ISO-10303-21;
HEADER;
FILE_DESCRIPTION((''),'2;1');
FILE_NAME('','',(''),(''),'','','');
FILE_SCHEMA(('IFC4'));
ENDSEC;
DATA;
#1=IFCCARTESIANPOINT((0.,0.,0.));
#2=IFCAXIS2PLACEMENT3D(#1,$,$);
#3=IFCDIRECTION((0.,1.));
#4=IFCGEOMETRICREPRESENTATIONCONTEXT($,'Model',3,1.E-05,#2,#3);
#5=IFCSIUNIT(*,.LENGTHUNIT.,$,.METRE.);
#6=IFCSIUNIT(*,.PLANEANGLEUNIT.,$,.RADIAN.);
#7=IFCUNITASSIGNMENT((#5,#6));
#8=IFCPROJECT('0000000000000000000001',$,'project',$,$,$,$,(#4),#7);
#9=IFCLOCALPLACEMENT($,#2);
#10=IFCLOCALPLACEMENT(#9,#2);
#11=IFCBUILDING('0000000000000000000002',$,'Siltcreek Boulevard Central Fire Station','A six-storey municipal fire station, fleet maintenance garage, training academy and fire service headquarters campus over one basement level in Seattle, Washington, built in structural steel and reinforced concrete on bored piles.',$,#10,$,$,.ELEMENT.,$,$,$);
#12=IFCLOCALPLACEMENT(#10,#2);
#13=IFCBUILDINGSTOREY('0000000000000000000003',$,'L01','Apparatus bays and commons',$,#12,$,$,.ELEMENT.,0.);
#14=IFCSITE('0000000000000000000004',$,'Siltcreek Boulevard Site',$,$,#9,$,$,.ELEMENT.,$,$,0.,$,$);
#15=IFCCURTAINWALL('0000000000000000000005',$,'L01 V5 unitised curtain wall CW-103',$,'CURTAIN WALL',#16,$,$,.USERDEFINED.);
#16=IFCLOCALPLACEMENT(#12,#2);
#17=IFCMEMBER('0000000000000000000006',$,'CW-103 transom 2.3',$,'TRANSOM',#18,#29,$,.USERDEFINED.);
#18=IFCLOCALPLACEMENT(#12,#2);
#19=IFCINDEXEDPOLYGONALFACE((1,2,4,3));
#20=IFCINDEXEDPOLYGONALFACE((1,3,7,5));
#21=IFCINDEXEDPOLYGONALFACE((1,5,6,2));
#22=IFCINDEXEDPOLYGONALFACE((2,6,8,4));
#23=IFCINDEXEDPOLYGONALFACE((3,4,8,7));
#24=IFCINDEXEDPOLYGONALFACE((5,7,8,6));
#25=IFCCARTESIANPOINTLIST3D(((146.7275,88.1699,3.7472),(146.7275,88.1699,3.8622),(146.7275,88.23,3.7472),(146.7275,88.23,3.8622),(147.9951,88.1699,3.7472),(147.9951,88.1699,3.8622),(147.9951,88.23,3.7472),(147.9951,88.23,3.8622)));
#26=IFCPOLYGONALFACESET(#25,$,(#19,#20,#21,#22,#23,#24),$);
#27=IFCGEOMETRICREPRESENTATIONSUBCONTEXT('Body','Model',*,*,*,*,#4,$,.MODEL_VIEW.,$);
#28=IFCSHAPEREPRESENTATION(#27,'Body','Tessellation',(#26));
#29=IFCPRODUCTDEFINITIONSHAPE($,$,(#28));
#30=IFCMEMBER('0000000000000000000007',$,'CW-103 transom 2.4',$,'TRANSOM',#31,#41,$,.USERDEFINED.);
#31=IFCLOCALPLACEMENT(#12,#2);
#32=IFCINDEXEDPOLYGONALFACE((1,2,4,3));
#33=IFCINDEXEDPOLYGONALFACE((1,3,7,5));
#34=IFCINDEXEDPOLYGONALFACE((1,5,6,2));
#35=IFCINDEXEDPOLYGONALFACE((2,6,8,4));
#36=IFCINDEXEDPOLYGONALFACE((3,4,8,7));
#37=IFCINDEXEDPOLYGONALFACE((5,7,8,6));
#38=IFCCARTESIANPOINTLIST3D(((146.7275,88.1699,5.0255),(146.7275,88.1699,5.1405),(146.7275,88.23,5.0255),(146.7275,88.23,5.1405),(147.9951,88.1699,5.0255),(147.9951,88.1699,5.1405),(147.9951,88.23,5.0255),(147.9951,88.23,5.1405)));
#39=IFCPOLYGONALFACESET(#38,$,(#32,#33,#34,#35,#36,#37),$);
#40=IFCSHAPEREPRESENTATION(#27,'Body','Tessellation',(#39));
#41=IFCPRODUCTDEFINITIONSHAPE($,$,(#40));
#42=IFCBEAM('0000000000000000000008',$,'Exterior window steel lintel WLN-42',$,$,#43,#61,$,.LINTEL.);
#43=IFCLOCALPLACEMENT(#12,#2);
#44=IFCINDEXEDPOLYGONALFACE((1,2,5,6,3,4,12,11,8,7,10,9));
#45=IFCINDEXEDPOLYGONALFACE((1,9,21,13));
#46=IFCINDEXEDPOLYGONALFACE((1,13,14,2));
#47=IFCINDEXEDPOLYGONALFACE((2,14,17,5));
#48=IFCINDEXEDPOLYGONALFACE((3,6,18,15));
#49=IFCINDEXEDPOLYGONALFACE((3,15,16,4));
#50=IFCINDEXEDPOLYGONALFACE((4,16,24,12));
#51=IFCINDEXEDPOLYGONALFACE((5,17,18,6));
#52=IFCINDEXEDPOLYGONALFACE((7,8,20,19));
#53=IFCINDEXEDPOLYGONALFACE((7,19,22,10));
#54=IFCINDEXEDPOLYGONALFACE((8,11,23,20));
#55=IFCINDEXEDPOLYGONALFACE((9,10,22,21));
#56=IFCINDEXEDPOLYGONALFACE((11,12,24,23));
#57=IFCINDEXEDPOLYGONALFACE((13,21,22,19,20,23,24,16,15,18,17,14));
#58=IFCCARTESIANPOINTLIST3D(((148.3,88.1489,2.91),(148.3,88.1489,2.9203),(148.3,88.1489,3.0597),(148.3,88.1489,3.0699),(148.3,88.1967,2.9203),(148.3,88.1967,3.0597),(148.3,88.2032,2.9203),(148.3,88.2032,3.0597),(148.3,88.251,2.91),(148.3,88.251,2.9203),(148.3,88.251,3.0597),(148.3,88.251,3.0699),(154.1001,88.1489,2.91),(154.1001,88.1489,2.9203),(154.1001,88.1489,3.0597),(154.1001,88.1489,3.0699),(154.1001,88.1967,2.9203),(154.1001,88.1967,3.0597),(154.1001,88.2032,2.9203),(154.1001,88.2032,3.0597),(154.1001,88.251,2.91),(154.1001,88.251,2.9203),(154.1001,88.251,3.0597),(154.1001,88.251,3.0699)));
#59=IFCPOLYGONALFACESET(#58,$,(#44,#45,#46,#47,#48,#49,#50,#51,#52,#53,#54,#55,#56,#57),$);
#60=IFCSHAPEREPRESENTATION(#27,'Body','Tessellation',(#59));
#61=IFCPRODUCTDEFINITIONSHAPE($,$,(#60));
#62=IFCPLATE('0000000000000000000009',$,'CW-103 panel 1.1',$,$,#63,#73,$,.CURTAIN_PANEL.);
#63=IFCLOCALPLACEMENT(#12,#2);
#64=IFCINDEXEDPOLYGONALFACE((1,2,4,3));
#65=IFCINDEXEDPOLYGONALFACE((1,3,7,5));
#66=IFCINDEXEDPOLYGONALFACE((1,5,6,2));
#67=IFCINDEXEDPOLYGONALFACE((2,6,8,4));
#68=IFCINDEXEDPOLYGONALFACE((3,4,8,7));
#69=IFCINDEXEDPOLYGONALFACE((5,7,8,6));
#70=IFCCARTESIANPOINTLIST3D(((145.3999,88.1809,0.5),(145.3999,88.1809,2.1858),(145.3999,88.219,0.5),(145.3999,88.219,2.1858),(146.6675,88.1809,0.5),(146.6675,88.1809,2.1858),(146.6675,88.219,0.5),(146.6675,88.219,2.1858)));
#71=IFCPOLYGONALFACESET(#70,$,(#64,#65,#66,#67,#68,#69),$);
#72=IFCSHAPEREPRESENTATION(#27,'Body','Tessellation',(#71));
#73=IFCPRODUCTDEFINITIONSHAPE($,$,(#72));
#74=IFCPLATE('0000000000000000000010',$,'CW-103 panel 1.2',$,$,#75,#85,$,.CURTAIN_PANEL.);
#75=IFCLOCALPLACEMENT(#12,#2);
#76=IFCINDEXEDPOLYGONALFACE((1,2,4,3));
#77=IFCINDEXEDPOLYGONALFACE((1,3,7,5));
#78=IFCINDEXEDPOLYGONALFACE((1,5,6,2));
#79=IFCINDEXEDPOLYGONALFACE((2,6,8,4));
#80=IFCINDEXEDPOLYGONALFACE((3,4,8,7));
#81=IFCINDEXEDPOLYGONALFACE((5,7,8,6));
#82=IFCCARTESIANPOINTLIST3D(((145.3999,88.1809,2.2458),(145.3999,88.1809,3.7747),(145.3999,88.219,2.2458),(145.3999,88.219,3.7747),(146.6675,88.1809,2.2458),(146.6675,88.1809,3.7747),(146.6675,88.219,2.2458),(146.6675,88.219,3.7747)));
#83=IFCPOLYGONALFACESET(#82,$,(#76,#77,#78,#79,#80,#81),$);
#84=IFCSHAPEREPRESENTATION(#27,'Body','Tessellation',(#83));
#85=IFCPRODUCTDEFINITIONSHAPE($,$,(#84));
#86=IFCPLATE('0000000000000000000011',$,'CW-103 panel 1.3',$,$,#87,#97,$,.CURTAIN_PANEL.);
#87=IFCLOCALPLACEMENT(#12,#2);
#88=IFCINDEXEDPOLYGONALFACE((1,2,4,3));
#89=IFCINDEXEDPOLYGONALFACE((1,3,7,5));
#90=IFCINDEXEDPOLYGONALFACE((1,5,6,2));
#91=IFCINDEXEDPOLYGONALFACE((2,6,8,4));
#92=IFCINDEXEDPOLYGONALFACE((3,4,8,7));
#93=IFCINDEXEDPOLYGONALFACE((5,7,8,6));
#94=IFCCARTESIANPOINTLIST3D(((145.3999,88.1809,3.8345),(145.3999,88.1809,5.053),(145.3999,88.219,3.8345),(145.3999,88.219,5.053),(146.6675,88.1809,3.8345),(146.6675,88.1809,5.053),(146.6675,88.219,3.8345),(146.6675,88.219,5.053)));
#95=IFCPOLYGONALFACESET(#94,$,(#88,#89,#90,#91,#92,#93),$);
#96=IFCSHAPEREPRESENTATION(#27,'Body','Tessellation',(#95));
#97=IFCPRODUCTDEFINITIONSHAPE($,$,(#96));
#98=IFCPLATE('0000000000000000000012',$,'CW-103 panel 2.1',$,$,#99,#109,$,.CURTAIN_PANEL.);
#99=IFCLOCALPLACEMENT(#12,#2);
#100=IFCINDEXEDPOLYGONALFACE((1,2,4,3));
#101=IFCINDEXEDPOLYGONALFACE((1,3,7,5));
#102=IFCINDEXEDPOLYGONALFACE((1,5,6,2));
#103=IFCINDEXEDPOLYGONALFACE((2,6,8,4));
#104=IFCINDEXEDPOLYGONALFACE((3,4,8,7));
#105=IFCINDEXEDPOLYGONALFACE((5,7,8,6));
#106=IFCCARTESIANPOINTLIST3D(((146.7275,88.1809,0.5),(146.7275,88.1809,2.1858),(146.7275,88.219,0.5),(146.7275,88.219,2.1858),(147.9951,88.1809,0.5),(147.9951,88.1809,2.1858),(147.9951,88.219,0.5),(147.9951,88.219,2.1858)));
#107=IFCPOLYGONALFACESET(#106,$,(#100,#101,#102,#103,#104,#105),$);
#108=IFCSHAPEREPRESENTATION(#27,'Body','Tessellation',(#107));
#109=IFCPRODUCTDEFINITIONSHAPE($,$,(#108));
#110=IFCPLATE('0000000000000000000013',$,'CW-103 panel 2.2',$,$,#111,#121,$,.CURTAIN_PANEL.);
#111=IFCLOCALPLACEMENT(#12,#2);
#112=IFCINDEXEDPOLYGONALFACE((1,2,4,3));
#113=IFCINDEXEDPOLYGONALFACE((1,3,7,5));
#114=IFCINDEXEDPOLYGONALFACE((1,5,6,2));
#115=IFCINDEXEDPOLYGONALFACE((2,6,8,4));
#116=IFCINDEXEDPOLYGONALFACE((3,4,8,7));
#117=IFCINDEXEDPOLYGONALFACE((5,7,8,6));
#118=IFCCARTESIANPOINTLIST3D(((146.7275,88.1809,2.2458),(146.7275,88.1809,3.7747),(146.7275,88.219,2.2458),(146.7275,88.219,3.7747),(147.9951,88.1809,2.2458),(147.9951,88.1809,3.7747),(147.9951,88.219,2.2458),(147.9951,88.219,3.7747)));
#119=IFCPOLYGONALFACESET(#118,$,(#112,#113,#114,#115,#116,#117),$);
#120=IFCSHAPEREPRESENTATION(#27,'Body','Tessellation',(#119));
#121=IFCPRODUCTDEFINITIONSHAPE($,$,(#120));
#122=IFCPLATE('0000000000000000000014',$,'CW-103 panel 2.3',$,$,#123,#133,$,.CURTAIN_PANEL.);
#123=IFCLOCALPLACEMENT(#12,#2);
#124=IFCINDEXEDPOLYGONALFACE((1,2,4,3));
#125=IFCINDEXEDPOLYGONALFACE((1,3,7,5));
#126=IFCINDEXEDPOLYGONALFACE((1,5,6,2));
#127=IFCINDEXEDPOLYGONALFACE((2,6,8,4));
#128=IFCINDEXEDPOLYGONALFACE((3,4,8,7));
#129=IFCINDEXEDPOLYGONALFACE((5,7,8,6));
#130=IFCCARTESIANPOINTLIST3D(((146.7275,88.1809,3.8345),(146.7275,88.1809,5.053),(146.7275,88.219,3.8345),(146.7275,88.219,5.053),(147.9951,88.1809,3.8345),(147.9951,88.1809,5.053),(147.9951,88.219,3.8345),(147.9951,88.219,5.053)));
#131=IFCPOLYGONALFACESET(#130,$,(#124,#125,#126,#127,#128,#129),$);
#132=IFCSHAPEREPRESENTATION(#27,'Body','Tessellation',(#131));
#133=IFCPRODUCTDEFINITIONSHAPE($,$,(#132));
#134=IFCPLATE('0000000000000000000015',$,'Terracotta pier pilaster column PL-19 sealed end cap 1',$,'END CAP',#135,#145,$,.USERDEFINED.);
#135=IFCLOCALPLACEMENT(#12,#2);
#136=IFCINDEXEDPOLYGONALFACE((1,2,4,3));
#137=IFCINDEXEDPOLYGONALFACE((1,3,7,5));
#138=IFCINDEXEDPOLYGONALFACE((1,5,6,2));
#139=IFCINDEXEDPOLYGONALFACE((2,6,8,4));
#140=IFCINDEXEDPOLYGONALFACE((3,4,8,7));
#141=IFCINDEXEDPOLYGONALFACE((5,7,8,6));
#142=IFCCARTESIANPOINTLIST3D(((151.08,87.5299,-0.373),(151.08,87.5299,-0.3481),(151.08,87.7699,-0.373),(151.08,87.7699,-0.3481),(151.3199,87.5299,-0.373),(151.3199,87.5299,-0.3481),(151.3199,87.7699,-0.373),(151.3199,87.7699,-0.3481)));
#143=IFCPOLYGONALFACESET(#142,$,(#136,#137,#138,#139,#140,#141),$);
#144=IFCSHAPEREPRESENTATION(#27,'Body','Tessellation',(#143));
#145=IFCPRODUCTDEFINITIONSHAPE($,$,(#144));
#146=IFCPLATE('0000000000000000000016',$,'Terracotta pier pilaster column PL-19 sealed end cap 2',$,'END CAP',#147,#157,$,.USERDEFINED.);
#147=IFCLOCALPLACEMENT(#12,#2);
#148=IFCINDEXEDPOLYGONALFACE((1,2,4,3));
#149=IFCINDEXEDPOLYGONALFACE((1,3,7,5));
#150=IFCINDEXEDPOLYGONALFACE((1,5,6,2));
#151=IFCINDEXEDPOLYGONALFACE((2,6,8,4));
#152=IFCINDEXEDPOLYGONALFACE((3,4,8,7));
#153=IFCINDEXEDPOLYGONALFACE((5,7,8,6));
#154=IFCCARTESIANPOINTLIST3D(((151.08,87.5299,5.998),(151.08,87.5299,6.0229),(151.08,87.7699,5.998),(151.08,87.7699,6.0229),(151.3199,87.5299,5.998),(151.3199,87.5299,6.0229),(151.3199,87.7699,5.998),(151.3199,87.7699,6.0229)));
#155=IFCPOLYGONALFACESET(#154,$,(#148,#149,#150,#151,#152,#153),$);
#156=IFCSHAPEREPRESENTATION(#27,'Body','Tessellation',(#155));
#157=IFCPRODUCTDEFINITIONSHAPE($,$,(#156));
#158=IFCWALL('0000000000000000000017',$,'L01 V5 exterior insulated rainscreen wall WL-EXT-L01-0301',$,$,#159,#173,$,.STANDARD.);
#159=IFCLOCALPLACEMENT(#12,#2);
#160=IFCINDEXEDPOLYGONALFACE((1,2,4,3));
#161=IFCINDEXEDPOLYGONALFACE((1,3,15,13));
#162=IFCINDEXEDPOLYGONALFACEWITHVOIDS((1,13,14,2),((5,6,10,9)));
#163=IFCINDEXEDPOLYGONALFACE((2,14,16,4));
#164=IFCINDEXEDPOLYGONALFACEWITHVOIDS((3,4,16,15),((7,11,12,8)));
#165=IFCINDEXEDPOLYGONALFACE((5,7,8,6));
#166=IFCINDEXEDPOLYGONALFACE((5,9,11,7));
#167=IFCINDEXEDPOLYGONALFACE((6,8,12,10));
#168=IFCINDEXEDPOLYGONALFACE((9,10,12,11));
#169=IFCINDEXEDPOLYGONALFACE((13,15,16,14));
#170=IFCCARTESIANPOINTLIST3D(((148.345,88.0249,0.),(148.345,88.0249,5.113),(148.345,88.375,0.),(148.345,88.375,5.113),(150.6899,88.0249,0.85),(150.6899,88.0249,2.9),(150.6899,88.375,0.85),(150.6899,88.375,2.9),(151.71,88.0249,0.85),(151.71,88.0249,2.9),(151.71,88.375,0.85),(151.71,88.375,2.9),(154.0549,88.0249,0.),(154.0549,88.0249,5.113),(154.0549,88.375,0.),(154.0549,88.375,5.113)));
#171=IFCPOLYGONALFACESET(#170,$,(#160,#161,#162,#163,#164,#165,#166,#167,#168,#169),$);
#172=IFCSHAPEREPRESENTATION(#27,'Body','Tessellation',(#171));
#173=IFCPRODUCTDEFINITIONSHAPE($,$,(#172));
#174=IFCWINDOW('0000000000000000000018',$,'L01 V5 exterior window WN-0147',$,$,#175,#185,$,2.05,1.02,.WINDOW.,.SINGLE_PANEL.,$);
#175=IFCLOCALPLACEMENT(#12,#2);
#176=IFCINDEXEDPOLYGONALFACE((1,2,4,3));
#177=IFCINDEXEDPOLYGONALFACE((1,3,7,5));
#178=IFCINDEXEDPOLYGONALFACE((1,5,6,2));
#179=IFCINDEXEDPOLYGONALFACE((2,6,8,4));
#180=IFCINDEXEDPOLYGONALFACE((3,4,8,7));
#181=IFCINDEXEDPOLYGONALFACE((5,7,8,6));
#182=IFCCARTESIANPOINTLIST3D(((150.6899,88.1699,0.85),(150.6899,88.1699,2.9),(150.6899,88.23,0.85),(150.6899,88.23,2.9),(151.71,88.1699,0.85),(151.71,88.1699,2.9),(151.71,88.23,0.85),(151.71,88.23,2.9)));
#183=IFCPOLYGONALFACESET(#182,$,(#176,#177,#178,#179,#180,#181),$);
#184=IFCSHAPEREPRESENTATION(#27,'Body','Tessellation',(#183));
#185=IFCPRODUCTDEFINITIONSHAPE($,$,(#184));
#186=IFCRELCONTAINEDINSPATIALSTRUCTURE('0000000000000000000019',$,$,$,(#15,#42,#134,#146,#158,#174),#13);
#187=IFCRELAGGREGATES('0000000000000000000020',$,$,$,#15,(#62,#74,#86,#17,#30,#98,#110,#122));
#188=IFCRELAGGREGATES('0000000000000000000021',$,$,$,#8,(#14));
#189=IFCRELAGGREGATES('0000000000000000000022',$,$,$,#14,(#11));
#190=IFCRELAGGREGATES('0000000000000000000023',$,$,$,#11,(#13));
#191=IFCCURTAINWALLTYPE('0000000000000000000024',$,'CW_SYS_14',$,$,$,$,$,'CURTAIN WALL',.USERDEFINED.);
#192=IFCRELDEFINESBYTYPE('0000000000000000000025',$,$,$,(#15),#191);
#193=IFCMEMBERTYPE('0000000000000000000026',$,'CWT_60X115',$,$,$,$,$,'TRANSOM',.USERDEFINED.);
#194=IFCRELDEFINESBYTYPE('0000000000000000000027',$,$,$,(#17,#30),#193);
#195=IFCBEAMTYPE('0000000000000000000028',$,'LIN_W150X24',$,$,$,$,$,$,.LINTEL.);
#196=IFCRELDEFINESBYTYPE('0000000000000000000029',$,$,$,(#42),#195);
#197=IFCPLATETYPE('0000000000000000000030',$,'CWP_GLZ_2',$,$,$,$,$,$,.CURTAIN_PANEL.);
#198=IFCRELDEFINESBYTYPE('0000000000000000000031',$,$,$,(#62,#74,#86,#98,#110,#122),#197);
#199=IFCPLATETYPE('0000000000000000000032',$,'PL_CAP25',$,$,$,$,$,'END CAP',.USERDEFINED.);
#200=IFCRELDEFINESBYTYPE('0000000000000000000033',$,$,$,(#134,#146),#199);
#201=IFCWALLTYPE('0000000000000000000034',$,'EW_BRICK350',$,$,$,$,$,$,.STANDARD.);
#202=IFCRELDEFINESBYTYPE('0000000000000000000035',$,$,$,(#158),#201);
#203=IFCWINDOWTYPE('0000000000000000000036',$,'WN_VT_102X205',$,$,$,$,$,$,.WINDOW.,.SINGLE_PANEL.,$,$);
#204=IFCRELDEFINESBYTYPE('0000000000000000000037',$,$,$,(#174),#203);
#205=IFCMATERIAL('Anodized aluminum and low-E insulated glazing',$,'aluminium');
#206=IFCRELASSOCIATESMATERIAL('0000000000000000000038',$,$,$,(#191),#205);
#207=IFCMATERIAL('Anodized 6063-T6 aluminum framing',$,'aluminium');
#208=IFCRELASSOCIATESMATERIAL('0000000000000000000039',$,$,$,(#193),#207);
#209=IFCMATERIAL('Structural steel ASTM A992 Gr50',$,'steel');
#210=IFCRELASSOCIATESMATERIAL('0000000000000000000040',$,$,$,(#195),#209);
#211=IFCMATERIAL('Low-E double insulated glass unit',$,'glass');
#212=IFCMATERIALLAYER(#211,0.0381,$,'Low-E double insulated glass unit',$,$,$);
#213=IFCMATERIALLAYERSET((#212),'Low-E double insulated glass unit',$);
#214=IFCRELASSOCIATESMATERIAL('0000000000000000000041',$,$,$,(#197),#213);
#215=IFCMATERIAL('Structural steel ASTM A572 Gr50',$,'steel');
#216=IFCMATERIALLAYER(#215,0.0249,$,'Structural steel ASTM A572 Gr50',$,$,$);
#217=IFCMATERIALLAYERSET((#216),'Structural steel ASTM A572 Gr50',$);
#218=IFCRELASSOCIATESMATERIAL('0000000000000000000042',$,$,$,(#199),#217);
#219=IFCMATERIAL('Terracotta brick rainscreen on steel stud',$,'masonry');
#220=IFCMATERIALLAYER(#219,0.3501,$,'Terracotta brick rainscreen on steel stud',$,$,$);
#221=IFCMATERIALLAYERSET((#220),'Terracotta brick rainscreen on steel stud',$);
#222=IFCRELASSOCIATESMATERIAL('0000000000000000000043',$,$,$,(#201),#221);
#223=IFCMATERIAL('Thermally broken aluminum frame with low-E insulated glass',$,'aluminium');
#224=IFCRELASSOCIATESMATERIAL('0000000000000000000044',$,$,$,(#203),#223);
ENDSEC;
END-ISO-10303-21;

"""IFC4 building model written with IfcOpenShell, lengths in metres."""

from ifc_helpers import new_model, si_unit, direction, frame, frame_2d, origin, origin_2d, place, context, subcontext, project, spatial, rectangle, i_section, extrude, material, layer, layer_set, material_profile, profile_set, type_object, element, fill, aggregate, save


model = new_model("IFC4")

# Units and contexts
model_context = context("Model", 3, precision=1e-05, world=origin(), true_north=direction((0.0, 1.0)))
body_context = subcontext(model_context, "Body", "Model", "MODEL_VIEW")
ifc_project = project(units=[si_unit("LENGTHUNIT", "METRE"), si_unit("PLANEANGLEUNIT", "RADIAN")], contexts=[model_context])

# Site, building, storey
site_placement = place(None, origin())
site = spatial("IfcSite", under=ifc_project, at=site_placement, Name="Siltcreek Boulevard Site", CompositionType="ELEMENT", RefElevation=0.0)
building_placement = place(site_placement, origin())
building = spatial("IfcBuilding", under=site, at=building_placement, Name="Siltcreek Boulevard Central Fire Station", Description="A six-storey municipal fire station, fleet maintenance garage, training academy and fire service headquarters campus over one basement level in Seattle, Washington, built in structural steel and reinforced concrete on bored piles.", CompositionType="ELEMENT")
storey_placement = place(building_placement, origin())
storey = spatial("IfcBuildingStorey", under=building, at=storey_placement, Name="L01", Description="Apparatus bays and commons", CompositionType="ELEMENT", Elevation=0.0)

# Shared definitions
ifc_material_1 = material(Name="Structural steel ASTM A992 Gr50", Category="steel")

# Curtain wall, members
ifc_material_2 = material(Name="Anodized aluminum and low-E insulated glazing", Category="aluminium")
curtain_wall_type = type_object("IfcCurtainWallType", Name="CW_SYS_14", ElementType="CURTAIN WALL", PredefinedType="USERDEFINED", material=ifc_material_2)
curtain_wall_placement = place(storey_placement, origin())
curtain_wall = element("IfcCurtainWall", 1, at=curtain_wall_placement, inside=storey, type_object=curtain_wall_type, Name="L01 V5 unitised curtain wall CW-103", ObjectType="CURTAIN WALL", PredefinedType="USERDEFINED")
ifc_material_3 = material(Name="Anodized 6063-T6 aluminum framing", Category="aluminium")
ifc_material_profile_1 = material_profile(ifc_material_3, rectangle(XDim=0.0601, YDim=0.115, at=origin_2d()), Name="TRAN60X115")
ifc_profile_set_1 = profile_set([ifc_material_profile_1], Name="Anodized 6063-T6 aluminum framing")
member_type_1 = type_object("IfcMemberType", Name="CWT_60X115", ElementType="TRANSOM", PredefinedType="USERDEFINED", material=ifc_profile_set_1)
member_1_placement = place(storey_placement, frame((146.7275, 88.2, 3.8047), z_axis=(1.0, 0.0, 0.0), x_axis=(0.0, 1.0, 0.0)))
member_1 = element("IfcMember", 2, at=member_1_placement, type_object=member_type_1, Name="CW-103 transom 2.3", ObjectType="TRANSOM", PredefinedType="USERDEFINED", context=body_context, shape_type="SweptSolid", body=[
    extrude(rectangle(XDim=0.0601, YDim=0.115, at=origin_2d()), origin(), (0.0, 0.0, 1.0), 1.2676),
])
member_2_placement = place(storey_placement, frame((146.7275, 88.2, 5.083), z_axis=(1.0, 0.0, 0.0), x_axis=(0.0, 1.0, 0.0)))
member_2 = element("IfcMember", 3, at=member_2_placement, type_object=member_type_1, Name="CW-103 transom 2.4", ObjectType="TRANSOM", PredefinedType="USERDEFINED", context=body_context, shape_type="SweptSolid", body=[
    extrude(rectangle(XDim=0.0601, YDim=0.115, at=origin_2d()), origin(), (0.0, 0.0, 1.0), 1.2676),
])

# Beam
ifc_material_profile_2 = material_profile(ifc_material_1, i_section(OverallWidth=0.1021, OverallDepth=0.1599, WebThickness=0.0066, FlangeThickness=0.0103, at=origin_2d()), Name="W150X24")
ifc_profile_set_2 = profile_set([ifc_material_profile_2], Name="Structural steel ASTM A992 Gr50")
beam_type = type_object("IfcBeamType", Name="LIN_W150X24", PredefinedType="LINTEL", material=ifc_profile_set_2)
beam_placement = place(storey_placement, frame((148.3, 88.2, 2.99), z_axis=(1.0, 0.0, 0.0), x_axis=(0.0, 1.0, 0.0)))
element("IfcBeam", 4, at=beam_placement, inside=storey, type_object=beam_type, Name="Exterior window steel lintel WLN-42", PredefinedType="LINTEL", context=body_context, shape_type="SweptSolid", body=[
    extrude(i_section(OverallWidth=0.1021, OverallDepth=0.1599, WebThickness=0.0066, FlangeThickness=0.0103, at=origin_2d()), origin(), (0.0, 0.0, 1.0), 5.8),
])

# Plates
ifc_material_4 = material(Name="Low-E double insulated glass unit", Category="glass")
ifc_layer_1 = layer(ifc_material_4, 0.0381, Name="Low-E double insulated glass unit")
ifc_layer_set_1 = layer_set([ifc_layer_1], Name="Low-E double insulated glass unit")
plate_type_1 = type_object("IfcPlateType", Name="CWP_GLZ_2", PredefinedType="CURTAIN_PANEL", material=ifc_layer_set_1)
plate_1_placement = place(storey_placement, frame((146.0337, 88.2, 0.5), z_axis=(0.0, 0.0, 1.0), x_axis=(1.0, 0.0, 0.0)))
plate_1 = element("IfcPlate", 5, at=plate_1_placement, type_object=plate_type_1, Name="CW-103 panel 1.1", PredefinedType="CURTAIN_PANEL", context=body_context, shape_type="SweptSolid", body=[
    extrude(rectangle(XDim=1.2676, YDim=0.0381, at=origin_2d()), origin(), (0.0, 0.0, 1.0), 1.6858),
])
plate_2_placement = place(storey_placement, frame((146.0337, 88.2, 2.2458), z_axis=(0.0, 0.0, 1.0), x_axis=(1.0, 0.0, 0.0)))
plate_2 = element("IfcPlate", 6, at=plate_2_placement, type_object=plate_type_1, Name="CW-103 panel 1.2", PredefinedType="CURTAIN_PANEL", context=body_context, shape_type="SweptSolid", body=[
    extrude(rectangle(XDim=1.2676, YDim=0.0381, at=origin_2d()), origin(), (0.0, 0.0, 1.0), 1.5288),
])
plate_3_placement = place(storey_placement, frame((146.0337, 88.2, 3.8345), z_axis=(0.0, 0.0, 1.0), x_axis=(1.0, 0.0, 0.0)))
plate_3 = element("IfcPlate", 7, at=plate_3_placement, type_object=plate_type_1, Name="CW-103 panel 1.3", PredefinedType="CURTAIN_PANEL", context=body_context, shape_type="SweptSolid", body=[
    extrude(rectangle(XDim=1.2676, YDim=0.0381, at=origin_2d()), origin(), (0.0, 0.0, 1.0), 1.2185),
])
plate_4_placement = place(storey_placement, frame((147.3613, 88.2, 0.5), z_axis=(0.0, 0.0, 1.0), x_axis=(1.0, 0.0, 0.0)))
plate_4 = element("IfcPlate", 8, at=plate_4_placement, type_object=plate_type_1, Name="CW-103 panel 2.1", PredefinedType="CURTAIN_PANEL", context=body_context, shape_type="SweptSolid", body=[
    extrude(rectangle(XDim=1.2676, YDim=0.0381, at=origin_2d()), origin(), (0.0, 0.0, 1.0), 1.6858),
])
plate_5_placement = place(storey_placement, frame((147.3613, 88.2, 2.2458), z_axis=(0.0, 0.0, 1.0), x_axis=(1.0, 0.0, 0.0)))
plate_5 = element("IfcPlate", 9, at=plate_5_placement, type_object=plate_type_1, Name="CW-103 panel 2.2", PredefinedType="CURTAIN_PANEL", context=body_context, shape_type="SweptSolid", body=[
    extrude(rectangle(XDim=1.2676, YDim=0.0381, at=origin_2d()), origin(), (0.0, 0.0, 1.0), 1.5288),
])
plate_6_placement = place(storey_placement, frame((147.3613, 88.2, 3.8345), z_axis=(0.0, 0.0, 1.0), x_axis=(1.0, 0.0, 0.0)))
plate_6 = element("IfcPlate", 10, at=plate_6_placement, type_object=plate_type_1, Name="CW-103 panel 2.3", PredefinedType="CURTAIN_PANEL", context=body_context, shape_type="SweptSolid", body=[
    extrude(rectangle(XDim=1.2676, YDim=0.0381, at=origin_2d()), origin(), (0.0, 0.0, 1.0), 1.2185),
])
aggregate(curtain_wall, [plate_1, plate_2, plate_3, member_1, member_2, plate_4, plate_5, plate_6])

# Plates
ifc_material_5 = material(Name="Structural steel ASTM A572 Gr50", Category="steel")
ifc_layer_2 = layer(ifc_material_5, 0.0249, Name="Structural steel ASTM A572 Gr50")
ifc_layer_set_2 = layer_set([ifc_layer_2], Name="Structural steel ASTM A572 Gr50")
plate_type_2 = type_object("IfcPlateType", Name="PL_CAP25", ElementType="END CAP", PredefinedType="USERDEFINED", material=ifc_layer_set_2)
for number, where, z_axis, x_axis, name in (
    (11, (151.2, 87.6499, -0.373), (0.0, 0.0, 1.0), (1.0, 0.0, 0.0), "Terracotta pier pilaster column PL-19 sealed end cap 1"),
    (12, (151.2, 87.6499, 5.998), (0.0, 0.0, 1.0), (1.0, 0.0, 0.0), "Terracotta pier pilaster column PL-19 sealed end cap 2"),
):
    element("IfcPlate", number, at=place(storey_placement, frame(where, z_axis=z_axis, x_axis=x_axis)), inside=storey, type_object=plate_type_2, Name=name, ObjectType="END CAP", PredefinedType="USERDEFINED", context=body_context, shape_type="SweptSolid", body=[
        extrude(rectangle(XDim=0.24, YDim=0.24, at=origin_2d()), origin(), (0.0, 0.0, 1.0), 0.0249),
    ])

# Wall, opening, window
ifc_material_6 = material(Name="Terracotta brick rainscreen on steel stud", Category="masonry")
ifc_layer_3 = layer(ifc_material_6, 0.3501, Name="Terracotta brick rainscreen on steel stud")
ifc_layer_set_3 = layer_set([ifc_layer_3], Name="Terracotta brick rainscreen on steel stud")
wall_type_1 = type_object("IfcWallType", Name="EW_BRICK350", PredefinedType="STANDARD", material=ifc_layer_set_3)
wall_1_placement = place(storey_placement, frame((148.345, 88.2, 0.0), z_axis=(0.0, 0.0, 1.0), x_axis=(1.0, 0.0, 0.0)))
wall_1 = element("IfcWall", 13, at=wall_1_placement, inside=storey, type_object=wall_type_1, Name="L01 V5 exterior insulated rainscreen wall WL-EXT-L01-0301", PredefinedType="STANDARD", context=body_context, shape_type="SweptSolid", body=[
    extrude(rectangle(XDim=5.71, YDim=0.3501, at=frame_2d((2.855, 0.0))), origin(), (0.0, 0.0, 1.0), 5.113),
])
opening_1_placement = place(wall_1_placement, frame((2.345, 0.0, 0.8501)))
opening_1 = element("IfcOpeningElement", 14, at=opening_1_placement, cuts=wall_1, PredefinedType="OPENING", context=body_context, shape_type="SweptSolid", body=[
    extrude(rectangle(XDim=1.02, YDim=2.05, at=frame_2d((0.51, 1.0249))), frame((0.0, 0.1851, 0.0), z_axis=(0.0, -1.0, 0.0), x_axis=(1.0, 0.0, 0.0)), (0.0, 0.0, 1.0), 0.3701),
])
ifc_material_7 = material(Name="Thermally broken aluminum frame with low-E insulated glass", Category="aluminium")
window_type = type_object("IfcWindowType", Name="WN_VT_102X205", PartitioningType="SINGLE_PANEL", PredefinedType="WINDOW", material=ifc_material_7)
window_placement = place(opening_1_placement, origin())
window = element("IfcWindow", 15, at=window_placement, inside=storey, type_object=window_type, Name="L01 V5 exterior window WN-0147", OverallHeight=2.05, OverallWidth=1.02, PartitioningType="SINGLE_PANEL", PredefinedType="WINDOW", context=body_context, shape_type="SweptSolid", body=[
    extrude(rectangle(XDim=1.02, YDim=2.05, at=frame_2d((0.51, 1.0249))), frame((0.0, 0.03, 0.0), z_axis=(0.0, -1.0, 0.0), x_axis=(1.0, 0.0, 0.0)), (0.0, 0.0, 1.0), 0.0601),
])
fill(opening_1, window)

save(model, "model.ifc")
